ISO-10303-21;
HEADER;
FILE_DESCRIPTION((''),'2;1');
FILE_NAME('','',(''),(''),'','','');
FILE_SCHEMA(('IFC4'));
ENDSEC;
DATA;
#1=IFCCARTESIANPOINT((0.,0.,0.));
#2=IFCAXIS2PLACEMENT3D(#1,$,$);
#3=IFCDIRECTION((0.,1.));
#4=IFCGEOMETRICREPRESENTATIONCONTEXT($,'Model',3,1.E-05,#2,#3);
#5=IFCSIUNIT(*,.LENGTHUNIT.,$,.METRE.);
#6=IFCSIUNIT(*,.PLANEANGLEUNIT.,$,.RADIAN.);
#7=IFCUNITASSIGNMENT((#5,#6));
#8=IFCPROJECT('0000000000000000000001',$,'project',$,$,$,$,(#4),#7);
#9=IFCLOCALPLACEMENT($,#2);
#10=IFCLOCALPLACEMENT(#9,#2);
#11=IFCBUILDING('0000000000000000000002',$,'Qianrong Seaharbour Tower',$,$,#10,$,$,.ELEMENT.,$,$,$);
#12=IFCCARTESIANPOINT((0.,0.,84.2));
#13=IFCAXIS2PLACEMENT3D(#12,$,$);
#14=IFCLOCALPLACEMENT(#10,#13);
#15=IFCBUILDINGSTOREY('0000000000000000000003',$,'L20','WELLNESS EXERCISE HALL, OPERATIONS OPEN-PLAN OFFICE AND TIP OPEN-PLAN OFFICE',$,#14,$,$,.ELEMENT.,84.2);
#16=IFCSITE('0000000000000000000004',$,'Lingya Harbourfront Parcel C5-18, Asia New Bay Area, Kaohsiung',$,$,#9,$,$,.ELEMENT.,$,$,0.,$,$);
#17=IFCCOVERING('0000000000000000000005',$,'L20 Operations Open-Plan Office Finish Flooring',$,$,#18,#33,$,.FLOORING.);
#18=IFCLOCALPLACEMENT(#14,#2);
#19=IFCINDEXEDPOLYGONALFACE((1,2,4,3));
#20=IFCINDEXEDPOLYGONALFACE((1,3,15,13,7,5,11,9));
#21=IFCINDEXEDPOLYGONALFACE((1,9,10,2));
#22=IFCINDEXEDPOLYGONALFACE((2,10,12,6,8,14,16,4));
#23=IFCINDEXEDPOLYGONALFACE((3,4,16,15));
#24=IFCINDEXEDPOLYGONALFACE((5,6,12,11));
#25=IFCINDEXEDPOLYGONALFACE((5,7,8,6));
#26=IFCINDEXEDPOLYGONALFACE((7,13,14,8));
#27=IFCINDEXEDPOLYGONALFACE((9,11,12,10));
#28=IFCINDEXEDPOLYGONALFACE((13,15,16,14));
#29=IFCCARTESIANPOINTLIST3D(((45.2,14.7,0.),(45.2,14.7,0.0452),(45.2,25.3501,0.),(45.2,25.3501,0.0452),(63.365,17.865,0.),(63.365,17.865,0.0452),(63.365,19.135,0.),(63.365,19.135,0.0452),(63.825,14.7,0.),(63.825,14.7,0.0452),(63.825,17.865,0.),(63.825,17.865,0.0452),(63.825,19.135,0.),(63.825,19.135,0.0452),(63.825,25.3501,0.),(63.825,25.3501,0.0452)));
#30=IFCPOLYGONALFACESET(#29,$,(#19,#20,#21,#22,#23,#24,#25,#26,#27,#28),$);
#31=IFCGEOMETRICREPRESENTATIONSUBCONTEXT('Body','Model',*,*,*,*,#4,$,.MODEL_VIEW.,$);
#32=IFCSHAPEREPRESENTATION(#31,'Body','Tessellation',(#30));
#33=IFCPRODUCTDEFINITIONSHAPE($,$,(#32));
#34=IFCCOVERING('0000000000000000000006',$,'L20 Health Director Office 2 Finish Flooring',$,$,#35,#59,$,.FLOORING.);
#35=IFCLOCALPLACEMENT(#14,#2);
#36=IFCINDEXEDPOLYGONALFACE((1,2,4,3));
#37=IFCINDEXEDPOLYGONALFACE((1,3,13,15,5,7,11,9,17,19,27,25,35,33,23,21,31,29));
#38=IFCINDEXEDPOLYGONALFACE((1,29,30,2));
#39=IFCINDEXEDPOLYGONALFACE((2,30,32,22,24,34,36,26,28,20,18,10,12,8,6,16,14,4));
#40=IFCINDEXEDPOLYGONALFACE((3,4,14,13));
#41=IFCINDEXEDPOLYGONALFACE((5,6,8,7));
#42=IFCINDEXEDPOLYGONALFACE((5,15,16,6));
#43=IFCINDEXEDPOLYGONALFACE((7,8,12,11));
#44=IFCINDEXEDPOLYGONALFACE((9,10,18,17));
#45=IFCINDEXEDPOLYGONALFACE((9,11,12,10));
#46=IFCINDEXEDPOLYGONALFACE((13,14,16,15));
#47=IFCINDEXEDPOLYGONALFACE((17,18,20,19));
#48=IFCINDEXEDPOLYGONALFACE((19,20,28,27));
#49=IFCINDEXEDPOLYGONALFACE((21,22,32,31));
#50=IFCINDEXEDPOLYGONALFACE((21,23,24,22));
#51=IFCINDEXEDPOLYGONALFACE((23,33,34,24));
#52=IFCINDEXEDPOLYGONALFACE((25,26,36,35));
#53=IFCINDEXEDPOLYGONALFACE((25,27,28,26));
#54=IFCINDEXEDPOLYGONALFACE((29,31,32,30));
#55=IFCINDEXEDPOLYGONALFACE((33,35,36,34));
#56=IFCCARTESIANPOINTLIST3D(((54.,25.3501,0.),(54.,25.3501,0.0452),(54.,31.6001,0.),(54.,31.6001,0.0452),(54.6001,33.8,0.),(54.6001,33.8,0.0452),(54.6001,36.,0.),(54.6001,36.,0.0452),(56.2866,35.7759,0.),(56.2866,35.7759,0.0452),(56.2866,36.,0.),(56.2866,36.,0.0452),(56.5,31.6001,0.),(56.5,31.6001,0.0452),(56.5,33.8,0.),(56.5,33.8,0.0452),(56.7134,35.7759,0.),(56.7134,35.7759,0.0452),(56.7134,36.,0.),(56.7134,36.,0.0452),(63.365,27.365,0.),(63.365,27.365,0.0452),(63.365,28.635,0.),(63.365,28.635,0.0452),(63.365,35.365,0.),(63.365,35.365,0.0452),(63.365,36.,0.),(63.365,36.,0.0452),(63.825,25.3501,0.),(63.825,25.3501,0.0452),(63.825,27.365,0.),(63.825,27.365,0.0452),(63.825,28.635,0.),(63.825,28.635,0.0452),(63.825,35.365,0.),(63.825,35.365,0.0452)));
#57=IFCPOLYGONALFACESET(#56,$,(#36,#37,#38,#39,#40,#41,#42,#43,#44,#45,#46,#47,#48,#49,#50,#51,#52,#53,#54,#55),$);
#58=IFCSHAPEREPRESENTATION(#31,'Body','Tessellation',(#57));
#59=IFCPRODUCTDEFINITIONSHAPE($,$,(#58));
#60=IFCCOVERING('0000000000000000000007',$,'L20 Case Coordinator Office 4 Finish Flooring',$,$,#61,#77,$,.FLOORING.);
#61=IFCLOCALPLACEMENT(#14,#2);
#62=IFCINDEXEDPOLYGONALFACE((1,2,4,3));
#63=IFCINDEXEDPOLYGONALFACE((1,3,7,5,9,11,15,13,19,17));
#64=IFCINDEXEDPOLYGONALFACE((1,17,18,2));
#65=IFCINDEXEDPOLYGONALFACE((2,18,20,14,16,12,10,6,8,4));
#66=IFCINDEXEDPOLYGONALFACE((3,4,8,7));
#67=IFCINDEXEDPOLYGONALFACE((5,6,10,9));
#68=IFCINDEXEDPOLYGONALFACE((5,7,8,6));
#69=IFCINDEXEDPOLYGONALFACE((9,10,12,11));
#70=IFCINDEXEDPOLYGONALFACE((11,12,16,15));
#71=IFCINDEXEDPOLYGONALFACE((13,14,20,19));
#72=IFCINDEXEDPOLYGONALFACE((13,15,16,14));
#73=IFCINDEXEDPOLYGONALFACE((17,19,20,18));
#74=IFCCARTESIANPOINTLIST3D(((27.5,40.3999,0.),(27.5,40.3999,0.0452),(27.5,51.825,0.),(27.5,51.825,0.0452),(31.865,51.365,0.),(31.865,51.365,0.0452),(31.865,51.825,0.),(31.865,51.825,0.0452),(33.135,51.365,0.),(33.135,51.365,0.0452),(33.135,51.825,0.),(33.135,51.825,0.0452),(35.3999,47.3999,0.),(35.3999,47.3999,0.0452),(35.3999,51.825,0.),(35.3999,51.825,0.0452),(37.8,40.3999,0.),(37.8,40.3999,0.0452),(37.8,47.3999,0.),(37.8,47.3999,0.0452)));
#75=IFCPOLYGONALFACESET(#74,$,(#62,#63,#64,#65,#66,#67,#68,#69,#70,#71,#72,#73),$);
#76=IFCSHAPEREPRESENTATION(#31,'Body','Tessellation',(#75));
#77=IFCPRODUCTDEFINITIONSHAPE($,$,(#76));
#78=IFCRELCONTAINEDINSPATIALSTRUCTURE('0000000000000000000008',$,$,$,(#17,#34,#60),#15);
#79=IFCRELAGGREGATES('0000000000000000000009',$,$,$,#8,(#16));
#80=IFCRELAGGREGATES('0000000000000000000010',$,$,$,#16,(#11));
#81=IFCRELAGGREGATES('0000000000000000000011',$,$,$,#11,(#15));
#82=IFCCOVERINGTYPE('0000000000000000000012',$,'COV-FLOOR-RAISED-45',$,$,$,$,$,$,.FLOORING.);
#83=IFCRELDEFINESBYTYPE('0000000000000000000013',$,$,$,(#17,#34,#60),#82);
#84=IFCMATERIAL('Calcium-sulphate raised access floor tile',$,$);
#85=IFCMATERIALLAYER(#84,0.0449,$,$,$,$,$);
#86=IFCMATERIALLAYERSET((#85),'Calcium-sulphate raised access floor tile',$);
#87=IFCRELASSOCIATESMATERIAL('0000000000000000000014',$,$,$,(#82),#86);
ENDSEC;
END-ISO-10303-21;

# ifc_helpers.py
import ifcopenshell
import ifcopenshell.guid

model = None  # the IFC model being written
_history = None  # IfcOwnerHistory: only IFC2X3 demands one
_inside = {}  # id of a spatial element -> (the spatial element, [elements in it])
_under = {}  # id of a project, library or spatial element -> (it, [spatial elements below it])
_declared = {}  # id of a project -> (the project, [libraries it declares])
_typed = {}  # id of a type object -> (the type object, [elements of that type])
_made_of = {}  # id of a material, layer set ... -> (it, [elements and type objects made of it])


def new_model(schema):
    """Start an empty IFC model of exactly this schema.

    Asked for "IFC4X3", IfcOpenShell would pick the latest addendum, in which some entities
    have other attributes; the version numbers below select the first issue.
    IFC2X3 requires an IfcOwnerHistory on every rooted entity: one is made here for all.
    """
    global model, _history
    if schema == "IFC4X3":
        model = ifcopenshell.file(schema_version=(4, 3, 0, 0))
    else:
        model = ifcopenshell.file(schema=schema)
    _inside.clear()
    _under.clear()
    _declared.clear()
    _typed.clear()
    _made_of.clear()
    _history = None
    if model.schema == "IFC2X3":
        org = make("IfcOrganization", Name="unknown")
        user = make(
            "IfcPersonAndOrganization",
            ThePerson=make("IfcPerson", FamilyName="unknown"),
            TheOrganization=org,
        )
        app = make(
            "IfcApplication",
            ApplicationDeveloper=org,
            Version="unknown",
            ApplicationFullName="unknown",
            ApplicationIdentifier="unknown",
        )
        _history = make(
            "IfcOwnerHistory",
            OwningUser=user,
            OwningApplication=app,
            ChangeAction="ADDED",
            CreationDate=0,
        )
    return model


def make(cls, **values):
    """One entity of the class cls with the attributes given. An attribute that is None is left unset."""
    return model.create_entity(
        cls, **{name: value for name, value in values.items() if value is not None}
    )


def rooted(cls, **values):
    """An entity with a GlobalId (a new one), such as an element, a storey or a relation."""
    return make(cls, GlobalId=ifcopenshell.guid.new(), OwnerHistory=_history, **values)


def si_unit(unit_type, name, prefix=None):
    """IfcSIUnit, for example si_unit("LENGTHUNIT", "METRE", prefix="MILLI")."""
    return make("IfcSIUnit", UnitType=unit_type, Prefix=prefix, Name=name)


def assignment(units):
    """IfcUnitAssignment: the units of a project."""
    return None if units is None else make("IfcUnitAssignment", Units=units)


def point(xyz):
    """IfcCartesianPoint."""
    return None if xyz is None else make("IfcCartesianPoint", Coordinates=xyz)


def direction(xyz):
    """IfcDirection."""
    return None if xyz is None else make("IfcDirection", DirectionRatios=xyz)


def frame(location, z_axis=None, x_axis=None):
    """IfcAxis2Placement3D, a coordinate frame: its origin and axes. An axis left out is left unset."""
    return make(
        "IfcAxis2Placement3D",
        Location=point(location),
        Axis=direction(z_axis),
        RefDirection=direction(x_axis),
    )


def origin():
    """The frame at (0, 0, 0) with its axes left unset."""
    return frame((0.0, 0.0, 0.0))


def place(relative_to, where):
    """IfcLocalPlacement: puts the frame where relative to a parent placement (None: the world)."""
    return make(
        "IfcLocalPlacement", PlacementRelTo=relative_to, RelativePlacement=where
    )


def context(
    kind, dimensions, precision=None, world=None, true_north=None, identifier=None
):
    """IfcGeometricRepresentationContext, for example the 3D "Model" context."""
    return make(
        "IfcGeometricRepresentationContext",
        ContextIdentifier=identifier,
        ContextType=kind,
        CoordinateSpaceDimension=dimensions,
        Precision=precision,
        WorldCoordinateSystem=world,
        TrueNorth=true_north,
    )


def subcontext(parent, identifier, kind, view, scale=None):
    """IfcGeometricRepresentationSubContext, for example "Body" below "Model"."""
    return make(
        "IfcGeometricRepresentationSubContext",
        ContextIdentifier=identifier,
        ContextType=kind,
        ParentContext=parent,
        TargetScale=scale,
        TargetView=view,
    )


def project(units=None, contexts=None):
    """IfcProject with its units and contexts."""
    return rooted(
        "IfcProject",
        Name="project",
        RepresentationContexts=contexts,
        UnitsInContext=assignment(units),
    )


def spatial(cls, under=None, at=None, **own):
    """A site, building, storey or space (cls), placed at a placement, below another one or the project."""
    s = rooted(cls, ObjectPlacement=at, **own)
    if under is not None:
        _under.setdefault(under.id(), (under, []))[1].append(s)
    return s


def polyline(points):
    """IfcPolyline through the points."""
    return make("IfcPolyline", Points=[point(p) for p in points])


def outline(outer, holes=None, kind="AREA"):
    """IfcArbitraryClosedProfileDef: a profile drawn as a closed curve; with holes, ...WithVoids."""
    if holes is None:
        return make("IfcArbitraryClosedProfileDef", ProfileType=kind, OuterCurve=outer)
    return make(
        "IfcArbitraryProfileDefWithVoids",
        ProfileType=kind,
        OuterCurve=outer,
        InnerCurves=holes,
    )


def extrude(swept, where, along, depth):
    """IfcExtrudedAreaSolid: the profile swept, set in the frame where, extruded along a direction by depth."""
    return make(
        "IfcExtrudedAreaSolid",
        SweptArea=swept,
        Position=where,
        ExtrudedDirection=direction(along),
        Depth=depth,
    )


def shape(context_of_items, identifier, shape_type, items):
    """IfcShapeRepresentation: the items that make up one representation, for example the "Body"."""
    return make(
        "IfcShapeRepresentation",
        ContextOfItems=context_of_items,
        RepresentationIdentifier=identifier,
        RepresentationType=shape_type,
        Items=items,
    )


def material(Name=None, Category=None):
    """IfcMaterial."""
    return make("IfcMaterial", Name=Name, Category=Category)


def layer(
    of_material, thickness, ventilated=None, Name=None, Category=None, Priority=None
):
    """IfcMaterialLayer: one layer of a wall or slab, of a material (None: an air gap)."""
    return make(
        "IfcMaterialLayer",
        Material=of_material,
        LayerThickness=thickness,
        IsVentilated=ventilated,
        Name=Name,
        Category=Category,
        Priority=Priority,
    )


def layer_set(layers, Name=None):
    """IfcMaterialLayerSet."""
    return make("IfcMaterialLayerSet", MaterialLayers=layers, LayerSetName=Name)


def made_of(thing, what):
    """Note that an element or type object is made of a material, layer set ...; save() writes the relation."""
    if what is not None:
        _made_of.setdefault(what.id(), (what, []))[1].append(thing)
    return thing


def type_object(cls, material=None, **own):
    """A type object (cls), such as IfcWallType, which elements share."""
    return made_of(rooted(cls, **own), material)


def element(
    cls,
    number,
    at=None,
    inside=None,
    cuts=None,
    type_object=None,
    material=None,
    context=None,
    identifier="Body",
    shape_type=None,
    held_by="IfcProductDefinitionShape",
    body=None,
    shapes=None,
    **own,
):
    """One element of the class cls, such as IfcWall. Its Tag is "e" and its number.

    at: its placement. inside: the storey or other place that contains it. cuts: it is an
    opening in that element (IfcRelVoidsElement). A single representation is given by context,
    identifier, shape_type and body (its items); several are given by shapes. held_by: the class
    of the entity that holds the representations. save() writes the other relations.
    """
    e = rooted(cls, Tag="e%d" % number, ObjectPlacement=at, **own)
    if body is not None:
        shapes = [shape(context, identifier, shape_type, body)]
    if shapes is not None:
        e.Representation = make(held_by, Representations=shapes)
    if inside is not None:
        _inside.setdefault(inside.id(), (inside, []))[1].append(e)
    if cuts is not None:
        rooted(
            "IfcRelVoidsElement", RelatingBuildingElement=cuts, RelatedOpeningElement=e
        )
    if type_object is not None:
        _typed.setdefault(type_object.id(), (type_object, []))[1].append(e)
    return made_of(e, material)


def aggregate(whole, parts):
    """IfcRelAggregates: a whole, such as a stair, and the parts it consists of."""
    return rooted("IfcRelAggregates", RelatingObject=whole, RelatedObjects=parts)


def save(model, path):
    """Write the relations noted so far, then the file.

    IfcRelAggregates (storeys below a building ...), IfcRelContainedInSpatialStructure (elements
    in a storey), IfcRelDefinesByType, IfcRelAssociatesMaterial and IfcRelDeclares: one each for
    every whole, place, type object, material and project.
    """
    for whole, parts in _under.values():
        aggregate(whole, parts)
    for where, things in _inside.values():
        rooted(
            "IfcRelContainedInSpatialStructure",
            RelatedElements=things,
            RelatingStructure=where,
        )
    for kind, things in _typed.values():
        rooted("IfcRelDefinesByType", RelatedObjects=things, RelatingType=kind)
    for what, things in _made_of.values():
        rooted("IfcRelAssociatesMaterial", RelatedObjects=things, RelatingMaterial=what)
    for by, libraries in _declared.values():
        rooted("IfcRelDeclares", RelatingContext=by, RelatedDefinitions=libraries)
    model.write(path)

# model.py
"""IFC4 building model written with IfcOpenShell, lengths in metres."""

from ifc_helpers import new_model, si_unit, direction, frame, origin, place, context, subcontext, project, spatial, polyline, outline, extrude, material, layer, layer_set, type_object, element, save


model = new_model("IFC4")

# Units and contexts
model_context = context("Model", 3, precision=1e-05, world=origin(), true_north=direction((0.0, 1.0)))
body_context = subcontext(model_context, "Body", "Model", "MODEL_VIEW")
ifc_project = project(units=[si_unit("LENGTHUNIT", "METRE"), si_unit("PLANEANGLEUNIT", "RADIAN")], contexts=[model_context])

# Site, building, storey
site_placement = place(None, origin())
site = spatial("IfcSite", under=ifc_project, at=site_placement, Name="Lingya Harbourfront Parcel C5-18, Asia New Bay Area, Kaohsiung", CompositionType="ELEMENT", RefElevation=0.0)
building_placement = place(site_placement, origin())
building = spatial("IfcBuilding", under=site, at=building_placement, Name="Qianrong Seaharbour Tower", CompositionType="ELEMENT")
storey_placement = place(building_placement, frame((0.0, 0.0, 84.2)))
storey = spatial("IfcBuildingStorey", under=building, at=storey_placement, Name="L20", Description="WELLNESS EXERCISE HALL, OPERATIONS OPEN-PLAN OFFICE AND TIP OPEN-PLAN OFFICE", CompositionType="ELEMENT", Elevation=84.2)

# Coverings
ifc_material_1 = material(Name="Calcium-sulphate raised access floor tile")
ifc_layer_1 = layer(ifc_material_1, 0.0449)
ifc_layer_set_1 = layer_set([ifc_layer_1], Name="Calcium-sulphate raised access floor tile")
covering_type_1 = type_object("IfcCoveringType", Name="COV-FLOOR-RAISED-45", PredefinedType="FLOORING", material=ifc_layer_set_1)
covering_1_placement = place(storey_placement, origin())
element("IfcCovering", 1, at=covering_1_placement, inside=storey, type_object=covering_type_1, Name="L20 Operations Open-Plan Office Finish Flooring", PredefinedType="FLOORING", context=body_context, shape_type="SweptSolid", body=[
    extrude(outline(polyline([(63.825, 25.3501), (63.825, 19.135), (63.365, 19.135), (63.365, 17.865), (63.825, 17.865), (63.825, 14.7), (45.2, 14.7), (45.2, 25.3501), (63.825, 25.3501)])), origin(), (0.0, 0.0, 1.0), 0.0452),
])
covering_2_placement = place(storey_placement, origin())
element("IfcCovering", 2, at=covering_2_placement, inside=storey, type_object=covering_type_1, Name="L20 Health Director Office 2 Finish Flooring", PredefinedType="FLOORING", context=body_context, shape_type="SweptSolid", body=[
    extrude(outline(polyline([(56.5, 31.6001), (56.5, 33.8), (54.6001, 33.8), (54.6001, 36.0), (56.2866, 36.0), (56.2866, 35.7759), (56.7134, 35.7759), (56.7134, 36.0), (63.365, 36.0), (63.365, 35.365), (63.825, 35.365), (63.825, 28.635), (63.365, 28.635), (63.365, 27.365), (63.825, 27.365), (63.825, 25.3501), (54.0, 25.3501), (54.0, 31.6001), (56.5, 31.6001)])), origin(), (0.0, 0.0, 1.0), 0.0452),
])
covering_3_placement = place(storey_placement, origin())
element("IfcCovering", 3, at=covering_3_placement, inside=storey, type_object=covering_type_1, Name="L20 Case Coordinator Office 4 Finish Flooring", PredefinedType="FLOORING", context=body_context, shape_type="SweptSolid", body=[
    extrude(outline(polyline([(27.5, 51.825), (31.865, 51.825), (31.865, 51.365), (33.135, 51.365), (33.135, 51.825), (35.3999, 51.825), (35.3999, 47.3999), (37.8, 47.3999), (37.8, 40.3999), (27.5, 40.3999), (27.5, 51.825)])), origin(), (0.0, 0.0, 1.0), 0.0452),
])

save(model, "model.ifc")
